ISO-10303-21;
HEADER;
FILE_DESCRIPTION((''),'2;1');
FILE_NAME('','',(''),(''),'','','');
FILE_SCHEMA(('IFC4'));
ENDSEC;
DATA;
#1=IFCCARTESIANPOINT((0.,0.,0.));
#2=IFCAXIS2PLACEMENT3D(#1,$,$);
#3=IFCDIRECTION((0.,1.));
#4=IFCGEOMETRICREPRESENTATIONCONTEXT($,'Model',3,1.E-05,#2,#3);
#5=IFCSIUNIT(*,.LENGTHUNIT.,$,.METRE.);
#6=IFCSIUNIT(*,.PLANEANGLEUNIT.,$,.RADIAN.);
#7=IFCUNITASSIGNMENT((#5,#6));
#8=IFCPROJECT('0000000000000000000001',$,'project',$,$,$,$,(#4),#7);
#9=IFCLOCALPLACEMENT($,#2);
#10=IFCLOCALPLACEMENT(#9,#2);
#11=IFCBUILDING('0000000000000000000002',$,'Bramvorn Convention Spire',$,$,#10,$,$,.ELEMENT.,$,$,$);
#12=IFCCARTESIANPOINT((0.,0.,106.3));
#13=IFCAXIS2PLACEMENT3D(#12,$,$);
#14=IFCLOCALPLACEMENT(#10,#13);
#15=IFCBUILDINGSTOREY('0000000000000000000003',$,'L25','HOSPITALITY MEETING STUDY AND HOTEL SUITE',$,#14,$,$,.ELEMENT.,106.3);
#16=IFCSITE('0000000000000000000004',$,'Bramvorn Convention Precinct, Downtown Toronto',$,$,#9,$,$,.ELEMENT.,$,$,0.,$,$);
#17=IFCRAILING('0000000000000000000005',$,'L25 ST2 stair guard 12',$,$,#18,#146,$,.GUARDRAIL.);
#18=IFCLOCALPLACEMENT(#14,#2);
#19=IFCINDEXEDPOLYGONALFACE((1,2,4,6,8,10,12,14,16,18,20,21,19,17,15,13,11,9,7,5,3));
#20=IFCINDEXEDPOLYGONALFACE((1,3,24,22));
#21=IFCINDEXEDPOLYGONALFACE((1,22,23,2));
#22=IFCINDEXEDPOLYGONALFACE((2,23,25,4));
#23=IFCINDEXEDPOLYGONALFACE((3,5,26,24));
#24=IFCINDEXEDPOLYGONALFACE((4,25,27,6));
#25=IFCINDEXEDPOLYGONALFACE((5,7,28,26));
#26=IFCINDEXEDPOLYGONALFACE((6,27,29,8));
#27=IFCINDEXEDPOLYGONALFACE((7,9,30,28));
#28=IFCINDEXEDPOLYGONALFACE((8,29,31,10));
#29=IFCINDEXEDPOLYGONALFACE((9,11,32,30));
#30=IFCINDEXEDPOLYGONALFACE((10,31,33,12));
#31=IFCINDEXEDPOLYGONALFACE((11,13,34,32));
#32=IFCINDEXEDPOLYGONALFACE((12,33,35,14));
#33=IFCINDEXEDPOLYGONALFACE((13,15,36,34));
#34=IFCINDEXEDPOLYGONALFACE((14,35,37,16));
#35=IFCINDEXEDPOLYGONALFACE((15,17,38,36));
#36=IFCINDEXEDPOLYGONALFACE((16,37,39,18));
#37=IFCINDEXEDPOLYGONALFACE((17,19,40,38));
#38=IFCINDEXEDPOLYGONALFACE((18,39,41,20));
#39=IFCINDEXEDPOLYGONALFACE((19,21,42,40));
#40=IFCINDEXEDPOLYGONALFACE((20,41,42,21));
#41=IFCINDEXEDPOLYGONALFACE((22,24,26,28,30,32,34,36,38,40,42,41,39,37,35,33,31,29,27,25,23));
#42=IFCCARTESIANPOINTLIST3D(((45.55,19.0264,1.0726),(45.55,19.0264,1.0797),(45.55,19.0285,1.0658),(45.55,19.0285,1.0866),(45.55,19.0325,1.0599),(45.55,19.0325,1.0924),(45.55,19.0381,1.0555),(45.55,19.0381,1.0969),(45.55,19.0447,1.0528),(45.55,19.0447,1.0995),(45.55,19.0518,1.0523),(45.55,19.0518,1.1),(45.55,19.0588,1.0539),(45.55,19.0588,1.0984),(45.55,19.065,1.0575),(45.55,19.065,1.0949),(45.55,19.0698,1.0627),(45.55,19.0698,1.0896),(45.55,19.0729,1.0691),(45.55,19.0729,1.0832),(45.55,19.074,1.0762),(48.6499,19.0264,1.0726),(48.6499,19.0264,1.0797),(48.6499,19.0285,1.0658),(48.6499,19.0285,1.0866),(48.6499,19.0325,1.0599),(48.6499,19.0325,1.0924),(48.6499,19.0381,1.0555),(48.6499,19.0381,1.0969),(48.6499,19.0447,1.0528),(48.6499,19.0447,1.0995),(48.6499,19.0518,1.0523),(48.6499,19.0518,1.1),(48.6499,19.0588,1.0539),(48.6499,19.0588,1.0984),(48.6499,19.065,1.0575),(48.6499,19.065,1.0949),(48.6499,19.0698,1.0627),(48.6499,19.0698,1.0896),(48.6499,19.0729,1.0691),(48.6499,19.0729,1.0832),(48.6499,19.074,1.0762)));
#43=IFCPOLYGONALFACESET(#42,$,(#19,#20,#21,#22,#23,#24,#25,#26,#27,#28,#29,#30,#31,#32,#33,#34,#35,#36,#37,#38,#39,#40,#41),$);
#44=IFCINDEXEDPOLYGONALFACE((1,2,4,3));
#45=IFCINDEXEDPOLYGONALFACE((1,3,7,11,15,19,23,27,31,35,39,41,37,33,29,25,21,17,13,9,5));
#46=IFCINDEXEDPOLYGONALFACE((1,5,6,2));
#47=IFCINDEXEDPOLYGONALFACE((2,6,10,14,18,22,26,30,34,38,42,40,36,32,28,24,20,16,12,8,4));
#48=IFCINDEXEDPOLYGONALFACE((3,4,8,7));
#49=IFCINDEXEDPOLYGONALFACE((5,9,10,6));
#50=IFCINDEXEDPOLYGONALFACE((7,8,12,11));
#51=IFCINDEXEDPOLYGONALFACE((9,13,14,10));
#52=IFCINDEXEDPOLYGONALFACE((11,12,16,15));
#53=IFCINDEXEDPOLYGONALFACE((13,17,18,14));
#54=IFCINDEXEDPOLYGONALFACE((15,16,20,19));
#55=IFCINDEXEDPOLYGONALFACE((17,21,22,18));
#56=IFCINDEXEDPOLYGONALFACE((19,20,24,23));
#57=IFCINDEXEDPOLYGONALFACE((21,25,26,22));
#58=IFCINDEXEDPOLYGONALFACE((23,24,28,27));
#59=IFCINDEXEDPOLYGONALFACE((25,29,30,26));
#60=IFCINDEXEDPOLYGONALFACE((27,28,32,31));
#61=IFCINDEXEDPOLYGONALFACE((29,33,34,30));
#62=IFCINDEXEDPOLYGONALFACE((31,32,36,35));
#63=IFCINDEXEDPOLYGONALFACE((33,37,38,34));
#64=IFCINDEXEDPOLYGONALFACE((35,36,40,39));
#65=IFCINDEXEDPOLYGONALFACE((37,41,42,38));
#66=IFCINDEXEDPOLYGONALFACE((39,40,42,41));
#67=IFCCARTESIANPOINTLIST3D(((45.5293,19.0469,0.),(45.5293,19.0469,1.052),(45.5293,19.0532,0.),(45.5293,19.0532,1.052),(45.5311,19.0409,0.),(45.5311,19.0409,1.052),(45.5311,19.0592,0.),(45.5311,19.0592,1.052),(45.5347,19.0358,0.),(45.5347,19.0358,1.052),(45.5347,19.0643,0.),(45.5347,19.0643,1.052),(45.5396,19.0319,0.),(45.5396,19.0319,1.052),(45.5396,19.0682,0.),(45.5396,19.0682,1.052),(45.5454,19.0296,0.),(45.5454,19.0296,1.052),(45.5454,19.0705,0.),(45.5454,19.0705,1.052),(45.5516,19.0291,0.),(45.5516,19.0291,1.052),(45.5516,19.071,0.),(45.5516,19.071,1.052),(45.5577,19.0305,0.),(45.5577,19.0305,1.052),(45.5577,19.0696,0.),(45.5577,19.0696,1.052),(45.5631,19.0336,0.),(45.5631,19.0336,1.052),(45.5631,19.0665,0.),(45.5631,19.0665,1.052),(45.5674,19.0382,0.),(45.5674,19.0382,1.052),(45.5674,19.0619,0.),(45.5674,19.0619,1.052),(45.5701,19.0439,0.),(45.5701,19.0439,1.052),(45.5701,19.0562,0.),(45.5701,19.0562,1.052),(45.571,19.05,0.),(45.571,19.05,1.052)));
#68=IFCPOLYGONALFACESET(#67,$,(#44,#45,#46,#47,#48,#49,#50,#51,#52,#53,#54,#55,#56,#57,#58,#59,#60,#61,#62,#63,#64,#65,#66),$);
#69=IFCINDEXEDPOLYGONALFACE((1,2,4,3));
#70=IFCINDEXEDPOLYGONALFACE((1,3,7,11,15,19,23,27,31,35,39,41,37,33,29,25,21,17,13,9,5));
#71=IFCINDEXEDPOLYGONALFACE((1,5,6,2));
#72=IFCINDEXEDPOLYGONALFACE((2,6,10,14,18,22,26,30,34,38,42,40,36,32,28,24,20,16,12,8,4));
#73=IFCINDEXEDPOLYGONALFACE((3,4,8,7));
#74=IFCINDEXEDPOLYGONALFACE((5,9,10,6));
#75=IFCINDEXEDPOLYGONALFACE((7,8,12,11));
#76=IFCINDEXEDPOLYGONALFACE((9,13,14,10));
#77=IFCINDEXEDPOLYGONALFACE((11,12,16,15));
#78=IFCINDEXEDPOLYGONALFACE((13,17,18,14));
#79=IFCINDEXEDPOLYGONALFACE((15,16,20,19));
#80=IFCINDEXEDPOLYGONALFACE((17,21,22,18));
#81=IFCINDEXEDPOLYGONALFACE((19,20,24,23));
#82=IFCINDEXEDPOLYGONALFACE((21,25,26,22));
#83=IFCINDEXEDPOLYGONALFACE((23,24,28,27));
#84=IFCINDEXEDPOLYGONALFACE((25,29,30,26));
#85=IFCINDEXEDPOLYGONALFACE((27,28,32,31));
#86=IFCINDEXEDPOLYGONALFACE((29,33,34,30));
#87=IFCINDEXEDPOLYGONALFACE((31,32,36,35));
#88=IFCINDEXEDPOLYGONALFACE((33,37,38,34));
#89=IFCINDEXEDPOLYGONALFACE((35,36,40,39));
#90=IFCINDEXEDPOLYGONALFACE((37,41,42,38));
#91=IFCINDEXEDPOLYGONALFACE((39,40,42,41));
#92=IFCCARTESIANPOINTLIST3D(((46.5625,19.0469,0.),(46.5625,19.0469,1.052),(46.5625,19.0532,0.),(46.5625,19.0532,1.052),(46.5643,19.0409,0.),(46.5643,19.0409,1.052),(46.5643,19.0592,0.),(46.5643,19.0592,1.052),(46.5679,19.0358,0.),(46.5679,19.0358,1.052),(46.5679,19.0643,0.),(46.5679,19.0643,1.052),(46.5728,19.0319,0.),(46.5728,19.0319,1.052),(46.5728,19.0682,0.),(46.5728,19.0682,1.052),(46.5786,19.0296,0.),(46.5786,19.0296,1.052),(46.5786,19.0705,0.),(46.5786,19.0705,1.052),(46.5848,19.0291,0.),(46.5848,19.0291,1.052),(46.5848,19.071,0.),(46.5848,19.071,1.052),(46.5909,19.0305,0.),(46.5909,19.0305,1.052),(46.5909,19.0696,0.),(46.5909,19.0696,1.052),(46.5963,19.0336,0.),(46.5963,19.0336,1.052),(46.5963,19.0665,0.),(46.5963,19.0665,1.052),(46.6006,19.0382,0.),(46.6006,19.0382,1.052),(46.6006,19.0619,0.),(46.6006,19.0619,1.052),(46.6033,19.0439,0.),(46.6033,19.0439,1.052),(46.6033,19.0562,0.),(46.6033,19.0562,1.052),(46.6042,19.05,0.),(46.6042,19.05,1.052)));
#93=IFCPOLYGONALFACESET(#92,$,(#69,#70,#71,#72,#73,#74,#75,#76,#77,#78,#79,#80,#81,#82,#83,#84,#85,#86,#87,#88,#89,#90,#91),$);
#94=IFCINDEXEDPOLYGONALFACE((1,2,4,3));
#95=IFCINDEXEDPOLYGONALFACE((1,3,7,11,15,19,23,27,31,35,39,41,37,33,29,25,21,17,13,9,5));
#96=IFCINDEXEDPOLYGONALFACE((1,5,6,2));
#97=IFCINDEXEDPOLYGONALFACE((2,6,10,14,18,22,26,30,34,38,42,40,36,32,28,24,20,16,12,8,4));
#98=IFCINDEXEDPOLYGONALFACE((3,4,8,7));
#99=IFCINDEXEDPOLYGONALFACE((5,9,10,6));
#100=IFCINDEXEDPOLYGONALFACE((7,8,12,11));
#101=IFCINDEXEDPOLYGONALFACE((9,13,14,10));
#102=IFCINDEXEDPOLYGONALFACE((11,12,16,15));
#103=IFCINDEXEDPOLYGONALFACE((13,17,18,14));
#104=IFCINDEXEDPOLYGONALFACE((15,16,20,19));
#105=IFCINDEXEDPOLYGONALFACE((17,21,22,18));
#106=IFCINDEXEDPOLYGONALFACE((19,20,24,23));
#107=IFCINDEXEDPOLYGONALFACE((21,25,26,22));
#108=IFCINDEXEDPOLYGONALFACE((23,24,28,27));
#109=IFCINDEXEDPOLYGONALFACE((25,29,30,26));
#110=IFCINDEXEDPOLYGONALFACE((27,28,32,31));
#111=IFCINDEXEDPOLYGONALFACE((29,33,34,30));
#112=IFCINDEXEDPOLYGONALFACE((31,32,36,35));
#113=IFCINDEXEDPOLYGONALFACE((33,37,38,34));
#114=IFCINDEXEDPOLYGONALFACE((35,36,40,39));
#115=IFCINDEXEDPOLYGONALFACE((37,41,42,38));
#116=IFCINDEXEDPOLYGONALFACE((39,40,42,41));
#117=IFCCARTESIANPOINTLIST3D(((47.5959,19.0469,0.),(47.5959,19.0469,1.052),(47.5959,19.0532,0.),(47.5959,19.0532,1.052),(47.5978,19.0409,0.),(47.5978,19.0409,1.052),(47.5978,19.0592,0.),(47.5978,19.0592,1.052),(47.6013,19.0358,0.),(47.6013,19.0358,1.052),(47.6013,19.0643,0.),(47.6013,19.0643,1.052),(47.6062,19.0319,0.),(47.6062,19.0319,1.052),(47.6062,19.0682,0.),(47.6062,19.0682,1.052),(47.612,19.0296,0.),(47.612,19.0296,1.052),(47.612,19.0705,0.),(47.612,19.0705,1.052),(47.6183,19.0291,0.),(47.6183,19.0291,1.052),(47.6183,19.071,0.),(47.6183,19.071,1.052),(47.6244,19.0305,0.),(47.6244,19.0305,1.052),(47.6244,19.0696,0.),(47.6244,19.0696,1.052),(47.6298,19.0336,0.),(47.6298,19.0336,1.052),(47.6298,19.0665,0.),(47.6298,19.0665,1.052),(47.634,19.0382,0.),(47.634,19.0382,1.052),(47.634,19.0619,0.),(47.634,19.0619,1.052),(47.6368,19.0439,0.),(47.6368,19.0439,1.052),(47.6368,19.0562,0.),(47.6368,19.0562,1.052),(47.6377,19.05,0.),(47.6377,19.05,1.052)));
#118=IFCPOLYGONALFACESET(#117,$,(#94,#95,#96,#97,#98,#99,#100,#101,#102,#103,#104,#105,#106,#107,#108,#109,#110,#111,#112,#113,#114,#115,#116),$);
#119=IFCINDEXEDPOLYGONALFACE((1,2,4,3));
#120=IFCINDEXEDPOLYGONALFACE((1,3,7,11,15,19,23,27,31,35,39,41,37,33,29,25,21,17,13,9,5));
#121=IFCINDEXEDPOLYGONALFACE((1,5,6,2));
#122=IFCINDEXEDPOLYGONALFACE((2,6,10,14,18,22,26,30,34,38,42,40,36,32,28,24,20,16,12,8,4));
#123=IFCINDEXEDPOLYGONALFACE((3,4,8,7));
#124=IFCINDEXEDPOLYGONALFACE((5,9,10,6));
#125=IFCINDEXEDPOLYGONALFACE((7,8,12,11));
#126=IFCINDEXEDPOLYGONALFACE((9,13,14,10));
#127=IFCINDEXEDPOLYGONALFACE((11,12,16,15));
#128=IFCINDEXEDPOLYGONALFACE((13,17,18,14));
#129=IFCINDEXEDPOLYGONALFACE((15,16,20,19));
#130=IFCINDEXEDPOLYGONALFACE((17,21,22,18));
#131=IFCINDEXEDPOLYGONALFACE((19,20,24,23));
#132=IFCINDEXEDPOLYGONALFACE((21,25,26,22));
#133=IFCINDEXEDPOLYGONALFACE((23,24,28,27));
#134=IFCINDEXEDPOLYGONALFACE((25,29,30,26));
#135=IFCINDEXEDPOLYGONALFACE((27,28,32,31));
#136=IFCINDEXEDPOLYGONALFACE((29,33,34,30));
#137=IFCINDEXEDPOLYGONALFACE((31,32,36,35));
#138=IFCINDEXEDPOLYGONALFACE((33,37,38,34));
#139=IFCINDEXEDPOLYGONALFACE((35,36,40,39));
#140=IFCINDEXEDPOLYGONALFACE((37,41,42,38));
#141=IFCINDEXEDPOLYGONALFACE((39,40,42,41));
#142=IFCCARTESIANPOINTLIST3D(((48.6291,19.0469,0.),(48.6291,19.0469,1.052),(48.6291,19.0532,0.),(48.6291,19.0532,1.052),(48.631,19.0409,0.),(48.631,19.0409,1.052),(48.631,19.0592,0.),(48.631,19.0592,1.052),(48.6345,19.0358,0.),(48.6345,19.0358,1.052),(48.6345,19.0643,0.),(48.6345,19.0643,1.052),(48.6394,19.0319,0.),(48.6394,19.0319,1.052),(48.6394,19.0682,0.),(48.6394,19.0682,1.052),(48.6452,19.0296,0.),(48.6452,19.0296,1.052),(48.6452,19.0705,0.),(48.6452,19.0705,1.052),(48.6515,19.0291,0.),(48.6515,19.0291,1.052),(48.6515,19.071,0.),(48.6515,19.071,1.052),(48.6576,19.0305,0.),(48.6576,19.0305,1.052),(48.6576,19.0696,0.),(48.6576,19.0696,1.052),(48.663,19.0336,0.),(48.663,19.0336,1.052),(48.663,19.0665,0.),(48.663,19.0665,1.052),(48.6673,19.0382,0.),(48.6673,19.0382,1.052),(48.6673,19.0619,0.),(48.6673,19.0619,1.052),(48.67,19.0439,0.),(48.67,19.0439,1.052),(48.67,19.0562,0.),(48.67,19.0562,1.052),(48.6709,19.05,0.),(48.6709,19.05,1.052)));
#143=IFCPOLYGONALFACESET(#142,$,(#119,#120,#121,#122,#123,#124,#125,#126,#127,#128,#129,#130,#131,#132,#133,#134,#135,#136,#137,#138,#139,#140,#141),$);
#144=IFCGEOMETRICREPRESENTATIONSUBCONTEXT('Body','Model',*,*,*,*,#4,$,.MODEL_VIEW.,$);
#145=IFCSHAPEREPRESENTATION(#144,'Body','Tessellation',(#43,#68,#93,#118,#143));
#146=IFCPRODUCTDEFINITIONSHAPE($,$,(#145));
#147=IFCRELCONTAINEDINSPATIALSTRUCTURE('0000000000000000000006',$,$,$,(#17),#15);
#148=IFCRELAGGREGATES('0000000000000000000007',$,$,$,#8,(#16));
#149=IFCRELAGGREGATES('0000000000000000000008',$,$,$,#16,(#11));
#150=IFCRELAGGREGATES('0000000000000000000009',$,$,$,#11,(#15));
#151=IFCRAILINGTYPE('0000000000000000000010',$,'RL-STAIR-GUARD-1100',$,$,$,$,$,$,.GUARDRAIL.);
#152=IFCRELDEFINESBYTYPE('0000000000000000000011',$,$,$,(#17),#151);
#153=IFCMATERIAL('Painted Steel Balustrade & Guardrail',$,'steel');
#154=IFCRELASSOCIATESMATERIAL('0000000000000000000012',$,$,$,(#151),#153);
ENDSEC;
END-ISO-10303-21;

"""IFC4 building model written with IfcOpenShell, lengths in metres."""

from ifc_helpers import new_model, si_unit, direction, frame, origin, origin_2d, place, context, subcontext, project, spatial, circle, extrude, material, type_object, element, save


model = new_model("IFC4")

# Units and contexts
model_context = context("Model", 3, precision=1e-05, world=origin(), true_north=direction((0.0, 1.0)))
body_context = subcontext(model_context, "Body", "Model", "MODEL_VIEW")
ifc_project = project(units=[si_unit("LENGTHUNIT", "METRE"), si_unit("PLANEANGLEUNIT", "RADIAN")], contexts=[model_context])

# Site, building, storey
site_placement = place(None, origin())
site = spatial("IfcSite", under=ifc_project, at=site_placement, Name="Bramvorn Convention Precinct, Downtown Toronto", CompositionType="ELEMENT", RefElevation=0.0)
building_placement = place(site_placement, origin())
building = spatial("IfcBuilding", under=site, at=building_placement, Name="Bramvorn Convention Spire", CompositionType="ELEMENT")
storey_placement = place(building_placement, frame((0.0, 0.0, 106.3)))
storey = spatial("IfcBuildingStorey", under=building, at=storey_placement, Name="L25", Description="HOSPITALITY MEETING STUDY AND HOTEL SUITE", CompositionType="ELEMENT", Elevation=106.3)

# Railing
ifc_material_1 = material(Name="Painted Steel Balustrade & Guardrail", Category="steel")
railing_type = type_object("IfcRailingType", Name="RL-STAIR-GUARD-1100", PredefinedType="GUARDRAIL", material=ifc_material_1)
railing_1_placement = place(storey_placement, frame((45.55, 19.05, 0.0)))
element("IfcRailing", 1, at=railing_1_placement, inside=storey, type_object=railing_type, Name="L25 ST2 stair guard 12", PredefinedType="GUARDRAIL", context=body_context, shape_type="SweptSolid", body=[
    extrude(circle(Radius=0.0239, at=origin_2d()), frame((0.0, 0.0, 1.0762), z_axis=(1.0, 0.0, 0.0), x_axis=(0.0, 1.0, 0.0)), (0.0, 0.0, 1.0), 3.0999),
    extrude(circle(Radius=0.021, at=origin_2d()), origin(), (0.0, 0.0, 1.0), 1.052),
    extrude(circle(Radius=0.021, at=origin_2d()), frame((1.0332, 0.0, 0.0)), (0.0, 0.0, 1.0), 1.052),
    extrude(circle(Radius=0.021, at=origin_2d()), frame((2.0667, 0.0, 0.0)), (0.0, 0.0, 1.0), 1.052),
    extrude(circle(Radius=0.021, at=origin_2d()), frame((3.0999, 0.0, 0.0)), (0.0, 0.0, 1.0), 1.052),
])

save(model, "model.ifc")
